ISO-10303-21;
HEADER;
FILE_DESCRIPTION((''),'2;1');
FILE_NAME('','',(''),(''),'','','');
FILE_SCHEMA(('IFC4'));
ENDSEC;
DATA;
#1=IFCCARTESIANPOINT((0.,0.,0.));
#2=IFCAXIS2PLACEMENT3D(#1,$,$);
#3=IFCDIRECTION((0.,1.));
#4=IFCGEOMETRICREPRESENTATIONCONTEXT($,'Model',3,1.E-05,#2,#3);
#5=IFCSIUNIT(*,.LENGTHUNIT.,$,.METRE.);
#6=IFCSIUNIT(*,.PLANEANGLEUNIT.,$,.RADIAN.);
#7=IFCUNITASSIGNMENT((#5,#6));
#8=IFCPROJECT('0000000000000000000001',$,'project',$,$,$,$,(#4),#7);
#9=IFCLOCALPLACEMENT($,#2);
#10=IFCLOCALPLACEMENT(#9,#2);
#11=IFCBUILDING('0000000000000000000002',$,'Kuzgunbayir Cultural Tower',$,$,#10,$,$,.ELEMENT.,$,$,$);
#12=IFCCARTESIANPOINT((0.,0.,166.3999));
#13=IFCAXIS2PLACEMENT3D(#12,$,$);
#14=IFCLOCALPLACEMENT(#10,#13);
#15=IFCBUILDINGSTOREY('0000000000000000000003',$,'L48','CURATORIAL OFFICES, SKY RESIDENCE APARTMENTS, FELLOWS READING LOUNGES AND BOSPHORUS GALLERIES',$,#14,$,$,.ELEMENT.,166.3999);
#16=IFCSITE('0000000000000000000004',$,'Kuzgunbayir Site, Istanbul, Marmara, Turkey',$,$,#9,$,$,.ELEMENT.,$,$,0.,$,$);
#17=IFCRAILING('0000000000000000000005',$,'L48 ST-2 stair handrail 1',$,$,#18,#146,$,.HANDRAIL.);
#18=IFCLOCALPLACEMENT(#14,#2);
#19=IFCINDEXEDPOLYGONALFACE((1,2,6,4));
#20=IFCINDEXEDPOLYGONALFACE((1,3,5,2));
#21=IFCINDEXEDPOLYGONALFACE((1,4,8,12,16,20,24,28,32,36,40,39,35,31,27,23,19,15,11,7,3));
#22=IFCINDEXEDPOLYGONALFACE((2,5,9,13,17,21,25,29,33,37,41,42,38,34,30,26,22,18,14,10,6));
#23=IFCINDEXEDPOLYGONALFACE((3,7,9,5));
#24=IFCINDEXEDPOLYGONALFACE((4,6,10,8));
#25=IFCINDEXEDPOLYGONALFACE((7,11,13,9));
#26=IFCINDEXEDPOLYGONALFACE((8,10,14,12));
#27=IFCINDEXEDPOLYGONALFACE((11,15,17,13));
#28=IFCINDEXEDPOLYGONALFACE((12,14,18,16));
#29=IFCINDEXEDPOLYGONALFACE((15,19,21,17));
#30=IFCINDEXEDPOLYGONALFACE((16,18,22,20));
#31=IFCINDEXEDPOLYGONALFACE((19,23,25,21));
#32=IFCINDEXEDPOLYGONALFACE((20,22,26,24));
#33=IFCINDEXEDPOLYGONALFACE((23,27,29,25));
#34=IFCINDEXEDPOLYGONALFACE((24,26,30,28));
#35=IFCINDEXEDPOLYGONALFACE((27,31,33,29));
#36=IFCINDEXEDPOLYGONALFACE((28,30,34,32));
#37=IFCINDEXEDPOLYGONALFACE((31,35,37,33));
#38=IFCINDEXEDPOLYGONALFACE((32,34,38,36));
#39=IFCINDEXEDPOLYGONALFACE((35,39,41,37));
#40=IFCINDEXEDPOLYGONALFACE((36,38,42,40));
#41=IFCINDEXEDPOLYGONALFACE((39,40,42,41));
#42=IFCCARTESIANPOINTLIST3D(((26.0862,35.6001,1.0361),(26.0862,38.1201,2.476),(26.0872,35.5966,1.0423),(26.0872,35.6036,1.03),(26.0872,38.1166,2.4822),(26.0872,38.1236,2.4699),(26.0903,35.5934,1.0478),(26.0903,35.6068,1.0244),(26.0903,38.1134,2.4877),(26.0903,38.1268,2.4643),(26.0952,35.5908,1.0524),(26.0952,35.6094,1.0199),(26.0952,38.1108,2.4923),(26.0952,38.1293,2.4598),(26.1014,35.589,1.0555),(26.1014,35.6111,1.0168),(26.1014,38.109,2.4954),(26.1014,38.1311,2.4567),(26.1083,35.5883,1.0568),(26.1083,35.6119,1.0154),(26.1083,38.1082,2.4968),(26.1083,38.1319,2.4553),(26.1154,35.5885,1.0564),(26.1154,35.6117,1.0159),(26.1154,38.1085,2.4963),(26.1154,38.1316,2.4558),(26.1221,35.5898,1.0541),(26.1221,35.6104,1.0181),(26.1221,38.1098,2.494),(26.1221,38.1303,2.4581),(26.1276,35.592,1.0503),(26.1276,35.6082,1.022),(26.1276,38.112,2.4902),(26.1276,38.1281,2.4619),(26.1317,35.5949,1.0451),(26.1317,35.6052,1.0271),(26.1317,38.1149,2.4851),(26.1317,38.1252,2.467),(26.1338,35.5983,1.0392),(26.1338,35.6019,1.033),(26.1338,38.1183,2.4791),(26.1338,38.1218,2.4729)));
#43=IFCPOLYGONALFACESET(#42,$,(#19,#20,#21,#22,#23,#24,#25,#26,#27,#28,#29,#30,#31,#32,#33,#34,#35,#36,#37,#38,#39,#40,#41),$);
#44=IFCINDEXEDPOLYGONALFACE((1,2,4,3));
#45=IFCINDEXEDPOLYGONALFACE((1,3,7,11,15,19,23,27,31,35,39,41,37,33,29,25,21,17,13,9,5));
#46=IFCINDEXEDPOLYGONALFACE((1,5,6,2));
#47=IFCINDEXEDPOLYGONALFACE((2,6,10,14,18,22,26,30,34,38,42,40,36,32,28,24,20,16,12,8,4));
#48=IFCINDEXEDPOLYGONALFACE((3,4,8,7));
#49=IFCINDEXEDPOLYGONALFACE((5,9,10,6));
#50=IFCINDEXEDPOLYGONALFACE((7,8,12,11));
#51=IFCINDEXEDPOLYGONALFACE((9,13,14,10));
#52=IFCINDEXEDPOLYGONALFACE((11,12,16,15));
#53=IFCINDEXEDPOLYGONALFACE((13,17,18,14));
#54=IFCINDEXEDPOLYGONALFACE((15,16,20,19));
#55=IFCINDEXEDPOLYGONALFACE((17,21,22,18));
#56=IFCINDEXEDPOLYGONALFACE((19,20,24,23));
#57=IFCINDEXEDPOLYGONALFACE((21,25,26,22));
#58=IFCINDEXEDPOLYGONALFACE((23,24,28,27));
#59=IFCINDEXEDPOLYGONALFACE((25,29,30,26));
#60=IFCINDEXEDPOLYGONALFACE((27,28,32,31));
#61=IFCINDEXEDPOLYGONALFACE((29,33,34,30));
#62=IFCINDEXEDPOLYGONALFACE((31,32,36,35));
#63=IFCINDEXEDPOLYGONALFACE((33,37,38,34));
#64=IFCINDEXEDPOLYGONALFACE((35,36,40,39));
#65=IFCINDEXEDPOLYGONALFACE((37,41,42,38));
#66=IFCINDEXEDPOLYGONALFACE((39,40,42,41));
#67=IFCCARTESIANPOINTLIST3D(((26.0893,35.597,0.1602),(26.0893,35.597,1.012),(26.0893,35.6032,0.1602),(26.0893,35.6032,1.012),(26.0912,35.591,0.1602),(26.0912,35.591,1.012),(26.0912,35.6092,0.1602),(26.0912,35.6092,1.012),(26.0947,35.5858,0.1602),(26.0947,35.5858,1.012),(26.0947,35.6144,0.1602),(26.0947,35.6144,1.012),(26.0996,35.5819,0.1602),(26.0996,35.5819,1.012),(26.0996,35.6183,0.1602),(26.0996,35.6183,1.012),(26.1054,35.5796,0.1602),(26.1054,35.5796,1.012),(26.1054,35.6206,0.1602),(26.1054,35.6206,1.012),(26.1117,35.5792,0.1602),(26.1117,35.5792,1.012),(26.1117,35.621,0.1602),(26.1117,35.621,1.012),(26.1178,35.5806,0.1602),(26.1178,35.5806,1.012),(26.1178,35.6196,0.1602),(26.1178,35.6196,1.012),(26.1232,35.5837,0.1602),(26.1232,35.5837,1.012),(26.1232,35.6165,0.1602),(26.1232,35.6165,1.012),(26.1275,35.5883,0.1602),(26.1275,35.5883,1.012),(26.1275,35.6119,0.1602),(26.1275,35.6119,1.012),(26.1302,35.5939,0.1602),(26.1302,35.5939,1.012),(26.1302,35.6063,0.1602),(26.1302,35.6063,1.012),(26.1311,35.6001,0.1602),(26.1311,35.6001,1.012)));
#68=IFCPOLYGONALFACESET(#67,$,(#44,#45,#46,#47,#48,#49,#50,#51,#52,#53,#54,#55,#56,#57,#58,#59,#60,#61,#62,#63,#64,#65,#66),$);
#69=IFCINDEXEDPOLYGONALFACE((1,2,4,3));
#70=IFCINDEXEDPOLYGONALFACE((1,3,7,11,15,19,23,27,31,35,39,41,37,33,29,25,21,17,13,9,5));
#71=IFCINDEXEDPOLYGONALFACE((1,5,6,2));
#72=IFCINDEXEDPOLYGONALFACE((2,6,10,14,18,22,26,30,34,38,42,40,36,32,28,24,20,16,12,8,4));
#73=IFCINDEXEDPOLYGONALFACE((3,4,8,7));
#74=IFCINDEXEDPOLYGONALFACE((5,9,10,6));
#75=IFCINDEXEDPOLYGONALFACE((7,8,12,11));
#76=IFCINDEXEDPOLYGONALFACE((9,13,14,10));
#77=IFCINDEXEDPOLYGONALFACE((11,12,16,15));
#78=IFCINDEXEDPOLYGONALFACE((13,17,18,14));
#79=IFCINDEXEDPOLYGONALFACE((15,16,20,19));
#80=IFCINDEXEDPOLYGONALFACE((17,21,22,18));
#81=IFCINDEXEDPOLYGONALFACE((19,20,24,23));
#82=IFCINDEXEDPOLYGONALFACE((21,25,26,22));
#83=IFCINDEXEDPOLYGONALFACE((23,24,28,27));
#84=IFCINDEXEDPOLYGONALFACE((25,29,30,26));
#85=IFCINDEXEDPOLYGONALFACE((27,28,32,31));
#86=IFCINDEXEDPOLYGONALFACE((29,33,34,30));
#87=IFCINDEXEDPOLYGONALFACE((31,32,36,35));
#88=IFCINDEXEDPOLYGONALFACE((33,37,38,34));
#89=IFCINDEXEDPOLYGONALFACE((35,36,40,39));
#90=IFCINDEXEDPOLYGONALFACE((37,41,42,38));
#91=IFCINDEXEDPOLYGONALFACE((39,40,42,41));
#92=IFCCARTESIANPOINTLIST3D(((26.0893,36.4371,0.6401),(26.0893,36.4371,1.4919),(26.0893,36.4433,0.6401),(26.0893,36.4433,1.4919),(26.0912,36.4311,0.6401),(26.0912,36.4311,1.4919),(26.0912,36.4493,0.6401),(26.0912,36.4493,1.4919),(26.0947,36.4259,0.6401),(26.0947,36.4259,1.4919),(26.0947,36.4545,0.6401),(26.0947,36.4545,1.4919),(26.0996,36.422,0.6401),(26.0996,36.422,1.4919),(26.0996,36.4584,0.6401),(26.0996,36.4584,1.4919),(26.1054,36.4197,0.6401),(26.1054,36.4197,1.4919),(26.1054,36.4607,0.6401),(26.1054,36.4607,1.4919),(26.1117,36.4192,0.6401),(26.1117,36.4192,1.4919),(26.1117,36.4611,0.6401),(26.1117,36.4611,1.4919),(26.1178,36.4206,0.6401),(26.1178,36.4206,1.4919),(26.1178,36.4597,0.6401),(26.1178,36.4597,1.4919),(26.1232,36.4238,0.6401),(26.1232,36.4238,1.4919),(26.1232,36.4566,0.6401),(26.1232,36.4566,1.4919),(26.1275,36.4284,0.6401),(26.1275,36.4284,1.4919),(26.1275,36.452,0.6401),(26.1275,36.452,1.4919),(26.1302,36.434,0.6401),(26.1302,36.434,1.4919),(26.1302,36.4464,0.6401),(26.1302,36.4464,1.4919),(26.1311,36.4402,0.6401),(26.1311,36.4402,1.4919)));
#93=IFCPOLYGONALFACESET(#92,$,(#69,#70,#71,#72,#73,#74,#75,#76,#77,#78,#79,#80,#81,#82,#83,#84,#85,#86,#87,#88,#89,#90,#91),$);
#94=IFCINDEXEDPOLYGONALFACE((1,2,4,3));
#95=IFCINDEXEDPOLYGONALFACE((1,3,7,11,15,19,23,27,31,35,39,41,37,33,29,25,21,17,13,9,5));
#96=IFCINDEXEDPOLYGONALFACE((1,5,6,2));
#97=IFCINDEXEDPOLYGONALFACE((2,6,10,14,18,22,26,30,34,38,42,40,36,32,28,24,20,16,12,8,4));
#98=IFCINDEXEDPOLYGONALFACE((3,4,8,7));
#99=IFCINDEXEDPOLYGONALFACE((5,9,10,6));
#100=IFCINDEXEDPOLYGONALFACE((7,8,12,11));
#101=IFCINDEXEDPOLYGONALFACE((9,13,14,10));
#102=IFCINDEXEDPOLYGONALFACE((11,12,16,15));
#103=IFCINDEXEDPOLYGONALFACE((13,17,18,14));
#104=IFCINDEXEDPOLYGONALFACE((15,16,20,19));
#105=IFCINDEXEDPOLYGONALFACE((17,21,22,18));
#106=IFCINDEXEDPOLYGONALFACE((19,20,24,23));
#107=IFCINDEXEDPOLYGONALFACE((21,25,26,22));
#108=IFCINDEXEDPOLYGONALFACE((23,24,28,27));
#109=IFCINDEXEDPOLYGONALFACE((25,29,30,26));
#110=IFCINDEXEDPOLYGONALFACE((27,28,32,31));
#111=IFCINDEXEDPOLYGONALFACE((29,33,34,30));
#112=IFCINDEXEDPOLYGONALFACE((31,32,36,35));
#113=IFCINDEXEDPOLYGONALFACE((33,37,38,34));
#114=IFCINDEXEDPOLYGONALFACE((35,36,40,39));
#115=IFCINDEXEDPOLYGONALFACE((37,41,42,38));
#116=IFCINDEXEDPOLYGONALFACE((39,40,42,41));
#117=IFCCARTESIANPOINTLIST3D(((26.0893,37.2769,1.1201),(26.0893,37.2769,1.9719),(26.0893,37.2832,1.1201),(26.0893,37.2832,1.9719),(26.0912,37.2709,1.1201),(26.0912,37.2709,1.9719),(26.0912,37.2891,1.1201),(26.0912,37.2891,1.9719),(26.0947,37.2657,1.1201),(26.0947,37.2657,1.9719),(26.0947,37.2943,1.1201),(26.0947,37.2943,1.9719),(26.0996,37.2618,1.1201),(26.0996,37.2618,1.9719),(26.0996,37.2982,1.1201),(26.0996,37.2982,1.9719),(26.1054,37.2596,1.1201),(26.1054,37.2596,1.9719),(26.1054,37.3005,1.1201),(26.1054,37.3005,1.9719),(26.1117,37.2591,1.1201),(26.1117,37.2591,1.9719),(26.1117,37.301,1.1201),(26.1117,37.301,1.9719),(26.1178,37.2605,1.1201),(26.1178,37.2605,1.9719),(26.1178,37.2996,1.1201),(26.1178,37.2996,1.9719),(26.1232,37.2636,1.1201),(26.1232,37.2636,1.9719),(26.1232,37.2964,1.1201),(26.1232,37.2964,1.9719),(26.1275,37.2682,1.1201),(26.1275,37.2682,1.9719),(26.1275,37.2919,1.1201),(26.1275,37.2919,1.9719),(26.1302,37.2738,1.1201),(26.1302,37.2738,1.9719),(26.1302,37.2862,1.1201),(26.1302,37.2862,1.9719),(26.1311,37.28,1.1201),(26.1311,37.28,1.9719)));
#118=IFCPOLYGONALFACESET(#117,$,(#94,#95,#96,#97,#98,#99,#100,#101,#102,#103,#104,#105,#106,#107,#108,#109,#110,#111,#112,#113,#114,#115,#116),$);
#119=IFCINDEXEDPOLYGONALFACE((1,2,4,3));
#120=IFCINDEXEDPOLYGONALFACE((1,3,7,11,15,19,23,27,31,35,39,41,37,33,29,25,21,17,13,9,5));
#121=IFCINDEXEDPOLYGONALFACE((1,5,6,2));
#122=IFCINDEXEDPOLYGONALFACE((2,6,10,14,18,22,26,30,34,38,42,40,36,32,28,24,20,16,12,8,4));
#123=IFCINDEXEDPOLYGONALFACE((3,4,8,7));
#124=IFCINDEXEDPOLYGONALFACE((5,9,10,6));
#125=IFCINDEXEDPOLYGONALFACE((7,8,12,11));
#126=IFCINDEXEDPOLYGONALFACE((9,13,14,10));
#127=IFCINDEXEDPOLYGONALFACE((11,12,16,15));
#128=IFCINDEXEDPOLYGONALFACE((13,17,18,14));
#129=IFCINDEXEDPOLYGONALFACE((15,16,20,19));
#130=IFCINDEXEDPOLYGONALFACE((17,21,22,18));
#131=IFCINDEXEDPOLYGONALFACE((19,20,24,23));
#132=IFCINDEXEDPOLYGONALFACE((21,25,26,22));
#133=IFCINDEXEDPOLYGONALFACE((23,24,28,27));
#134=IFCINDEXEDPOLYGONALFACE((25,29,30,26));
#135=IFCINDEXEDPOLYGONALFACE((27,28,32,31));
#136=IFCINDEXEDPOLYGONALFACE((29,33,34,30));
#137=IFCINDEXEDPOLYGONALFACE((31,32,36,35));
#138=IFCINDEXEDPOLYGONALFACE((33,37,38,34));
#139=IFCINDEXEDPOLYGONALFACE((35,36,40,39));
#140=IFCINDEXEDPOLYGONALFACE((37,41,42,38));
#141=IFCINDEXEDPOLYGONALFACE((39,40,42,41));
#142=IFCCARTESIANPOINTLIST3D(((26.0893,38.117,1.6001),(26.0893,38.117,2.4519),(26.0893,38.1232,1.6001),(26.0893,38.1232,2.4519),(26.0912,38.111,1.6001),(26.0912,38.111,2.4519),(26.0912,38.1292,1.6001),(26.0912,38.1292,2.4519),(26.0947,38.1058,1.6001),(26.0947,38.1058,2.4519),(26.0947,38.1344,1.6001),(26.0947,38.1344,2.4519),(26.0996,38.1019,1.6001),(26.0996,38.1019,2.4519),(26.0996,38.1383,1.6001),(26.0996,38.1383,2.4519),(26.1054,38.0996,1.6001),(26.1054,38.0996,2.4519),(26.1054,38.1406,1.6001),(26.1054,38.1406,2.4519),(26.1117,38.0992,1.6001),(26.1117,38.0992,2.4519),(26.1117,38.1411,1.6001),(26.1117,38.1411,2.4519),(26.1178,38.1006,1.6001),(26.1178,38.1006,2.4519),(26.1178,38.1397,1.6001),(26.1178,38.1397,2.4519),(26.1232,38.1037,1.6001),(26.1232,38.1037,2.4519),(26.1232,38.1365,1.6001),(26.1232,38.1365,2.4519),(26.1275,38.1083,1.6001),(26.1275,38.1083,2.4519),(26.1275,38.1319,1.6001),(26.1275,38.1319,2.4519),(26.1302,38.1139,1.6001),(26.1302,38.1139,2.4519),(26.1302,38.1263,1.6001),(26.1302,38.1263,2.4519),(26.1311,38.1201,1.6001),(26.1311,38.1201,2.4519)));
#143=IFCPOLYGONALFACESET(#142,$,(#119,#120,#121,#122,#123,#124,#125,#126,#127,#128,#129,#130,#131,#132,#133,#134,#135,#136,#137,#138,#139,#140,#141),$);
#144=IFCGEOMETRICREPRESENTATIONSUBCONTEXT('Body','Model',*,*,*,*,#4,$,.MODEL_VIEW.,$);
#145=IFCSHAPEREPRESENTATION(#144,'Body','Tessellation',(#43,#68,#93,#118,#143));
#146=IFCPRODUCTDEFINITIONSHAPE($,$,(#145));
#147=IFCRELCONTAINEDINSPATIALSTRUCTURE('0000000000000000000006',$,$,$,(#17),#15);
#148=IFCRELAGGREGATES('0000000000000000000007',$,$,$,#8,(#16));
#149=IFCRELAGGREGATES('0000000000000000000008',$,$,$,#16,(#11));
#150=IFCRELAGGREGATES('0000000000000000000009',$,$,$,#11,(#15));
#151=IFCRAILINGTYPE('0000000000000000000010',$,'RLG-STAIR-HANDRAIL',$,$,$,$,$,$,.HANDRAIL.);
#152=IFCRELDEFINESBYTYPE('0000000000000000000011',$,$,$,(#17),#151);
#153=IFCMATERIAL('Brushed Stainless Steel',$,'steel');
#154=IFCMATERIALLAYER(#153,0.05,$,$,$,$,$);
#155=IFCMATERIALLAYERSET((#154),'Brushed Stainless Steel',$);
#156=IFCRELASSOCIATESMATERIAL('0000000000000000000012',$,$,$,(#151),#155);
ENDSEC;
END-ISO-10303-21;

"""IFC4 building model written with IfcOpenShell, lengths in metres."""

from ifc_helpers import new_model, si_unit, direction, frame, origin, origin_2d, place, context, subcontext, project, spatial, circle, extrude, material, layer, layer_set, type_object, element, save


model = new_model("IFC4")

# Units and contexts
model_context = context("Model", 3, precision=1e-05, world=origin(), true_north=direction((0.0, 1.0)))
body_context = subcontext(model_context, "Body", "Model", "MODEL_VIEW")
ifc_project = project(units=[si_unit("LENGTHUNIT", "METRE"), si_unit("PLANEANGLEUNIT", "RADIAN")], contexts=[model_context])

# Site, building, storey
site_placement = place(None, origin())
site = spatial("IfcSite", under=ifc_project, at=site_placement, Name="Kuzgunbayir Site, Istanbul, Marmara, Turkey", CompositionType="ELEMENT", RefElevation=0.0)
building_placement = place(site_placement, origin())
building = spatial("IfcBuilding", under=site, at=building_placement, Name="Kuzgunbayir Cultural Tower", CompositionType="ELEMENT")
storey_placement = place(building_placement, frame((0.0, 0.0, 166.3999)))
storey = spatial("IfcBuildingStorey", under=building, at=storey_placement, Name="L48", Description="CURATORIAL OFFICES, SKY RESIDENCE APARTMENTS, FELLOWS READING LOUNGES AND BOSPHORUS GALLERIES", CompositionType="ELEMENT", Elevation=166.3999)

# Shared definitions
ifc_material_1 = material(Name="Brushed Stainless Steel", Category="steel")

# Railing
ifc_layer_1 = layer(ifc_material_1, 0.05)
ifc_layer_set_1 = layer_set([ifc_layer_1], Name="Brushed Stainless Steel")
railing_type_1 = type_object("IfcRailingType", Name="RLG-STAIR-HANDRAIL", PredefinedType="HANDRAIL", material=ifc_layer_set_1)
railing_1_placement = place(storey_placement, frame((26.1101, 35.6001, 0.1602)))
element("IfcRailing", 1, at=railing_1_placement, inside=storey, type_object=railing_type_1, Name="L48 ST-2 stair handrail 1", PredefinedType="HANDRAIL", context=body_context, shape_type="SweptSolid", body=[
    extrude(circle(Radius=0.0239, at=origin_2d()), frame((0.0, 0.0, 0.876), z_axis=(0.0, 0.868253, 0.496121), x_axis=(-1.0, 0.0, 0.0)), (0.0, 0.0, 1.0), 2.9023),
    extrude(circle(Radius=0.021, at=origin_2d()), origin(), (0.0, 0.0, 1.0), 0.8518),
    extrude(circle(Radius=0.021, at=origin_2d()), frame((0.0, 0.8401, 0.48)), (0.0, 0.0, 1.0), 0.8518),
    extrude(circle(Radius=0.021, at=origin_2d()), frame((0.0, 1.6799, 0.96)), (0.0, 0.0, 1.0), 0.8518),
    extrude(circle(Radius=0.021, at=origin_2d()), frame((0.0, 2.52, 1.4399)), (0.0, 0.0, 1.0), 0.8518),
])

save(model, "model.ifc")
